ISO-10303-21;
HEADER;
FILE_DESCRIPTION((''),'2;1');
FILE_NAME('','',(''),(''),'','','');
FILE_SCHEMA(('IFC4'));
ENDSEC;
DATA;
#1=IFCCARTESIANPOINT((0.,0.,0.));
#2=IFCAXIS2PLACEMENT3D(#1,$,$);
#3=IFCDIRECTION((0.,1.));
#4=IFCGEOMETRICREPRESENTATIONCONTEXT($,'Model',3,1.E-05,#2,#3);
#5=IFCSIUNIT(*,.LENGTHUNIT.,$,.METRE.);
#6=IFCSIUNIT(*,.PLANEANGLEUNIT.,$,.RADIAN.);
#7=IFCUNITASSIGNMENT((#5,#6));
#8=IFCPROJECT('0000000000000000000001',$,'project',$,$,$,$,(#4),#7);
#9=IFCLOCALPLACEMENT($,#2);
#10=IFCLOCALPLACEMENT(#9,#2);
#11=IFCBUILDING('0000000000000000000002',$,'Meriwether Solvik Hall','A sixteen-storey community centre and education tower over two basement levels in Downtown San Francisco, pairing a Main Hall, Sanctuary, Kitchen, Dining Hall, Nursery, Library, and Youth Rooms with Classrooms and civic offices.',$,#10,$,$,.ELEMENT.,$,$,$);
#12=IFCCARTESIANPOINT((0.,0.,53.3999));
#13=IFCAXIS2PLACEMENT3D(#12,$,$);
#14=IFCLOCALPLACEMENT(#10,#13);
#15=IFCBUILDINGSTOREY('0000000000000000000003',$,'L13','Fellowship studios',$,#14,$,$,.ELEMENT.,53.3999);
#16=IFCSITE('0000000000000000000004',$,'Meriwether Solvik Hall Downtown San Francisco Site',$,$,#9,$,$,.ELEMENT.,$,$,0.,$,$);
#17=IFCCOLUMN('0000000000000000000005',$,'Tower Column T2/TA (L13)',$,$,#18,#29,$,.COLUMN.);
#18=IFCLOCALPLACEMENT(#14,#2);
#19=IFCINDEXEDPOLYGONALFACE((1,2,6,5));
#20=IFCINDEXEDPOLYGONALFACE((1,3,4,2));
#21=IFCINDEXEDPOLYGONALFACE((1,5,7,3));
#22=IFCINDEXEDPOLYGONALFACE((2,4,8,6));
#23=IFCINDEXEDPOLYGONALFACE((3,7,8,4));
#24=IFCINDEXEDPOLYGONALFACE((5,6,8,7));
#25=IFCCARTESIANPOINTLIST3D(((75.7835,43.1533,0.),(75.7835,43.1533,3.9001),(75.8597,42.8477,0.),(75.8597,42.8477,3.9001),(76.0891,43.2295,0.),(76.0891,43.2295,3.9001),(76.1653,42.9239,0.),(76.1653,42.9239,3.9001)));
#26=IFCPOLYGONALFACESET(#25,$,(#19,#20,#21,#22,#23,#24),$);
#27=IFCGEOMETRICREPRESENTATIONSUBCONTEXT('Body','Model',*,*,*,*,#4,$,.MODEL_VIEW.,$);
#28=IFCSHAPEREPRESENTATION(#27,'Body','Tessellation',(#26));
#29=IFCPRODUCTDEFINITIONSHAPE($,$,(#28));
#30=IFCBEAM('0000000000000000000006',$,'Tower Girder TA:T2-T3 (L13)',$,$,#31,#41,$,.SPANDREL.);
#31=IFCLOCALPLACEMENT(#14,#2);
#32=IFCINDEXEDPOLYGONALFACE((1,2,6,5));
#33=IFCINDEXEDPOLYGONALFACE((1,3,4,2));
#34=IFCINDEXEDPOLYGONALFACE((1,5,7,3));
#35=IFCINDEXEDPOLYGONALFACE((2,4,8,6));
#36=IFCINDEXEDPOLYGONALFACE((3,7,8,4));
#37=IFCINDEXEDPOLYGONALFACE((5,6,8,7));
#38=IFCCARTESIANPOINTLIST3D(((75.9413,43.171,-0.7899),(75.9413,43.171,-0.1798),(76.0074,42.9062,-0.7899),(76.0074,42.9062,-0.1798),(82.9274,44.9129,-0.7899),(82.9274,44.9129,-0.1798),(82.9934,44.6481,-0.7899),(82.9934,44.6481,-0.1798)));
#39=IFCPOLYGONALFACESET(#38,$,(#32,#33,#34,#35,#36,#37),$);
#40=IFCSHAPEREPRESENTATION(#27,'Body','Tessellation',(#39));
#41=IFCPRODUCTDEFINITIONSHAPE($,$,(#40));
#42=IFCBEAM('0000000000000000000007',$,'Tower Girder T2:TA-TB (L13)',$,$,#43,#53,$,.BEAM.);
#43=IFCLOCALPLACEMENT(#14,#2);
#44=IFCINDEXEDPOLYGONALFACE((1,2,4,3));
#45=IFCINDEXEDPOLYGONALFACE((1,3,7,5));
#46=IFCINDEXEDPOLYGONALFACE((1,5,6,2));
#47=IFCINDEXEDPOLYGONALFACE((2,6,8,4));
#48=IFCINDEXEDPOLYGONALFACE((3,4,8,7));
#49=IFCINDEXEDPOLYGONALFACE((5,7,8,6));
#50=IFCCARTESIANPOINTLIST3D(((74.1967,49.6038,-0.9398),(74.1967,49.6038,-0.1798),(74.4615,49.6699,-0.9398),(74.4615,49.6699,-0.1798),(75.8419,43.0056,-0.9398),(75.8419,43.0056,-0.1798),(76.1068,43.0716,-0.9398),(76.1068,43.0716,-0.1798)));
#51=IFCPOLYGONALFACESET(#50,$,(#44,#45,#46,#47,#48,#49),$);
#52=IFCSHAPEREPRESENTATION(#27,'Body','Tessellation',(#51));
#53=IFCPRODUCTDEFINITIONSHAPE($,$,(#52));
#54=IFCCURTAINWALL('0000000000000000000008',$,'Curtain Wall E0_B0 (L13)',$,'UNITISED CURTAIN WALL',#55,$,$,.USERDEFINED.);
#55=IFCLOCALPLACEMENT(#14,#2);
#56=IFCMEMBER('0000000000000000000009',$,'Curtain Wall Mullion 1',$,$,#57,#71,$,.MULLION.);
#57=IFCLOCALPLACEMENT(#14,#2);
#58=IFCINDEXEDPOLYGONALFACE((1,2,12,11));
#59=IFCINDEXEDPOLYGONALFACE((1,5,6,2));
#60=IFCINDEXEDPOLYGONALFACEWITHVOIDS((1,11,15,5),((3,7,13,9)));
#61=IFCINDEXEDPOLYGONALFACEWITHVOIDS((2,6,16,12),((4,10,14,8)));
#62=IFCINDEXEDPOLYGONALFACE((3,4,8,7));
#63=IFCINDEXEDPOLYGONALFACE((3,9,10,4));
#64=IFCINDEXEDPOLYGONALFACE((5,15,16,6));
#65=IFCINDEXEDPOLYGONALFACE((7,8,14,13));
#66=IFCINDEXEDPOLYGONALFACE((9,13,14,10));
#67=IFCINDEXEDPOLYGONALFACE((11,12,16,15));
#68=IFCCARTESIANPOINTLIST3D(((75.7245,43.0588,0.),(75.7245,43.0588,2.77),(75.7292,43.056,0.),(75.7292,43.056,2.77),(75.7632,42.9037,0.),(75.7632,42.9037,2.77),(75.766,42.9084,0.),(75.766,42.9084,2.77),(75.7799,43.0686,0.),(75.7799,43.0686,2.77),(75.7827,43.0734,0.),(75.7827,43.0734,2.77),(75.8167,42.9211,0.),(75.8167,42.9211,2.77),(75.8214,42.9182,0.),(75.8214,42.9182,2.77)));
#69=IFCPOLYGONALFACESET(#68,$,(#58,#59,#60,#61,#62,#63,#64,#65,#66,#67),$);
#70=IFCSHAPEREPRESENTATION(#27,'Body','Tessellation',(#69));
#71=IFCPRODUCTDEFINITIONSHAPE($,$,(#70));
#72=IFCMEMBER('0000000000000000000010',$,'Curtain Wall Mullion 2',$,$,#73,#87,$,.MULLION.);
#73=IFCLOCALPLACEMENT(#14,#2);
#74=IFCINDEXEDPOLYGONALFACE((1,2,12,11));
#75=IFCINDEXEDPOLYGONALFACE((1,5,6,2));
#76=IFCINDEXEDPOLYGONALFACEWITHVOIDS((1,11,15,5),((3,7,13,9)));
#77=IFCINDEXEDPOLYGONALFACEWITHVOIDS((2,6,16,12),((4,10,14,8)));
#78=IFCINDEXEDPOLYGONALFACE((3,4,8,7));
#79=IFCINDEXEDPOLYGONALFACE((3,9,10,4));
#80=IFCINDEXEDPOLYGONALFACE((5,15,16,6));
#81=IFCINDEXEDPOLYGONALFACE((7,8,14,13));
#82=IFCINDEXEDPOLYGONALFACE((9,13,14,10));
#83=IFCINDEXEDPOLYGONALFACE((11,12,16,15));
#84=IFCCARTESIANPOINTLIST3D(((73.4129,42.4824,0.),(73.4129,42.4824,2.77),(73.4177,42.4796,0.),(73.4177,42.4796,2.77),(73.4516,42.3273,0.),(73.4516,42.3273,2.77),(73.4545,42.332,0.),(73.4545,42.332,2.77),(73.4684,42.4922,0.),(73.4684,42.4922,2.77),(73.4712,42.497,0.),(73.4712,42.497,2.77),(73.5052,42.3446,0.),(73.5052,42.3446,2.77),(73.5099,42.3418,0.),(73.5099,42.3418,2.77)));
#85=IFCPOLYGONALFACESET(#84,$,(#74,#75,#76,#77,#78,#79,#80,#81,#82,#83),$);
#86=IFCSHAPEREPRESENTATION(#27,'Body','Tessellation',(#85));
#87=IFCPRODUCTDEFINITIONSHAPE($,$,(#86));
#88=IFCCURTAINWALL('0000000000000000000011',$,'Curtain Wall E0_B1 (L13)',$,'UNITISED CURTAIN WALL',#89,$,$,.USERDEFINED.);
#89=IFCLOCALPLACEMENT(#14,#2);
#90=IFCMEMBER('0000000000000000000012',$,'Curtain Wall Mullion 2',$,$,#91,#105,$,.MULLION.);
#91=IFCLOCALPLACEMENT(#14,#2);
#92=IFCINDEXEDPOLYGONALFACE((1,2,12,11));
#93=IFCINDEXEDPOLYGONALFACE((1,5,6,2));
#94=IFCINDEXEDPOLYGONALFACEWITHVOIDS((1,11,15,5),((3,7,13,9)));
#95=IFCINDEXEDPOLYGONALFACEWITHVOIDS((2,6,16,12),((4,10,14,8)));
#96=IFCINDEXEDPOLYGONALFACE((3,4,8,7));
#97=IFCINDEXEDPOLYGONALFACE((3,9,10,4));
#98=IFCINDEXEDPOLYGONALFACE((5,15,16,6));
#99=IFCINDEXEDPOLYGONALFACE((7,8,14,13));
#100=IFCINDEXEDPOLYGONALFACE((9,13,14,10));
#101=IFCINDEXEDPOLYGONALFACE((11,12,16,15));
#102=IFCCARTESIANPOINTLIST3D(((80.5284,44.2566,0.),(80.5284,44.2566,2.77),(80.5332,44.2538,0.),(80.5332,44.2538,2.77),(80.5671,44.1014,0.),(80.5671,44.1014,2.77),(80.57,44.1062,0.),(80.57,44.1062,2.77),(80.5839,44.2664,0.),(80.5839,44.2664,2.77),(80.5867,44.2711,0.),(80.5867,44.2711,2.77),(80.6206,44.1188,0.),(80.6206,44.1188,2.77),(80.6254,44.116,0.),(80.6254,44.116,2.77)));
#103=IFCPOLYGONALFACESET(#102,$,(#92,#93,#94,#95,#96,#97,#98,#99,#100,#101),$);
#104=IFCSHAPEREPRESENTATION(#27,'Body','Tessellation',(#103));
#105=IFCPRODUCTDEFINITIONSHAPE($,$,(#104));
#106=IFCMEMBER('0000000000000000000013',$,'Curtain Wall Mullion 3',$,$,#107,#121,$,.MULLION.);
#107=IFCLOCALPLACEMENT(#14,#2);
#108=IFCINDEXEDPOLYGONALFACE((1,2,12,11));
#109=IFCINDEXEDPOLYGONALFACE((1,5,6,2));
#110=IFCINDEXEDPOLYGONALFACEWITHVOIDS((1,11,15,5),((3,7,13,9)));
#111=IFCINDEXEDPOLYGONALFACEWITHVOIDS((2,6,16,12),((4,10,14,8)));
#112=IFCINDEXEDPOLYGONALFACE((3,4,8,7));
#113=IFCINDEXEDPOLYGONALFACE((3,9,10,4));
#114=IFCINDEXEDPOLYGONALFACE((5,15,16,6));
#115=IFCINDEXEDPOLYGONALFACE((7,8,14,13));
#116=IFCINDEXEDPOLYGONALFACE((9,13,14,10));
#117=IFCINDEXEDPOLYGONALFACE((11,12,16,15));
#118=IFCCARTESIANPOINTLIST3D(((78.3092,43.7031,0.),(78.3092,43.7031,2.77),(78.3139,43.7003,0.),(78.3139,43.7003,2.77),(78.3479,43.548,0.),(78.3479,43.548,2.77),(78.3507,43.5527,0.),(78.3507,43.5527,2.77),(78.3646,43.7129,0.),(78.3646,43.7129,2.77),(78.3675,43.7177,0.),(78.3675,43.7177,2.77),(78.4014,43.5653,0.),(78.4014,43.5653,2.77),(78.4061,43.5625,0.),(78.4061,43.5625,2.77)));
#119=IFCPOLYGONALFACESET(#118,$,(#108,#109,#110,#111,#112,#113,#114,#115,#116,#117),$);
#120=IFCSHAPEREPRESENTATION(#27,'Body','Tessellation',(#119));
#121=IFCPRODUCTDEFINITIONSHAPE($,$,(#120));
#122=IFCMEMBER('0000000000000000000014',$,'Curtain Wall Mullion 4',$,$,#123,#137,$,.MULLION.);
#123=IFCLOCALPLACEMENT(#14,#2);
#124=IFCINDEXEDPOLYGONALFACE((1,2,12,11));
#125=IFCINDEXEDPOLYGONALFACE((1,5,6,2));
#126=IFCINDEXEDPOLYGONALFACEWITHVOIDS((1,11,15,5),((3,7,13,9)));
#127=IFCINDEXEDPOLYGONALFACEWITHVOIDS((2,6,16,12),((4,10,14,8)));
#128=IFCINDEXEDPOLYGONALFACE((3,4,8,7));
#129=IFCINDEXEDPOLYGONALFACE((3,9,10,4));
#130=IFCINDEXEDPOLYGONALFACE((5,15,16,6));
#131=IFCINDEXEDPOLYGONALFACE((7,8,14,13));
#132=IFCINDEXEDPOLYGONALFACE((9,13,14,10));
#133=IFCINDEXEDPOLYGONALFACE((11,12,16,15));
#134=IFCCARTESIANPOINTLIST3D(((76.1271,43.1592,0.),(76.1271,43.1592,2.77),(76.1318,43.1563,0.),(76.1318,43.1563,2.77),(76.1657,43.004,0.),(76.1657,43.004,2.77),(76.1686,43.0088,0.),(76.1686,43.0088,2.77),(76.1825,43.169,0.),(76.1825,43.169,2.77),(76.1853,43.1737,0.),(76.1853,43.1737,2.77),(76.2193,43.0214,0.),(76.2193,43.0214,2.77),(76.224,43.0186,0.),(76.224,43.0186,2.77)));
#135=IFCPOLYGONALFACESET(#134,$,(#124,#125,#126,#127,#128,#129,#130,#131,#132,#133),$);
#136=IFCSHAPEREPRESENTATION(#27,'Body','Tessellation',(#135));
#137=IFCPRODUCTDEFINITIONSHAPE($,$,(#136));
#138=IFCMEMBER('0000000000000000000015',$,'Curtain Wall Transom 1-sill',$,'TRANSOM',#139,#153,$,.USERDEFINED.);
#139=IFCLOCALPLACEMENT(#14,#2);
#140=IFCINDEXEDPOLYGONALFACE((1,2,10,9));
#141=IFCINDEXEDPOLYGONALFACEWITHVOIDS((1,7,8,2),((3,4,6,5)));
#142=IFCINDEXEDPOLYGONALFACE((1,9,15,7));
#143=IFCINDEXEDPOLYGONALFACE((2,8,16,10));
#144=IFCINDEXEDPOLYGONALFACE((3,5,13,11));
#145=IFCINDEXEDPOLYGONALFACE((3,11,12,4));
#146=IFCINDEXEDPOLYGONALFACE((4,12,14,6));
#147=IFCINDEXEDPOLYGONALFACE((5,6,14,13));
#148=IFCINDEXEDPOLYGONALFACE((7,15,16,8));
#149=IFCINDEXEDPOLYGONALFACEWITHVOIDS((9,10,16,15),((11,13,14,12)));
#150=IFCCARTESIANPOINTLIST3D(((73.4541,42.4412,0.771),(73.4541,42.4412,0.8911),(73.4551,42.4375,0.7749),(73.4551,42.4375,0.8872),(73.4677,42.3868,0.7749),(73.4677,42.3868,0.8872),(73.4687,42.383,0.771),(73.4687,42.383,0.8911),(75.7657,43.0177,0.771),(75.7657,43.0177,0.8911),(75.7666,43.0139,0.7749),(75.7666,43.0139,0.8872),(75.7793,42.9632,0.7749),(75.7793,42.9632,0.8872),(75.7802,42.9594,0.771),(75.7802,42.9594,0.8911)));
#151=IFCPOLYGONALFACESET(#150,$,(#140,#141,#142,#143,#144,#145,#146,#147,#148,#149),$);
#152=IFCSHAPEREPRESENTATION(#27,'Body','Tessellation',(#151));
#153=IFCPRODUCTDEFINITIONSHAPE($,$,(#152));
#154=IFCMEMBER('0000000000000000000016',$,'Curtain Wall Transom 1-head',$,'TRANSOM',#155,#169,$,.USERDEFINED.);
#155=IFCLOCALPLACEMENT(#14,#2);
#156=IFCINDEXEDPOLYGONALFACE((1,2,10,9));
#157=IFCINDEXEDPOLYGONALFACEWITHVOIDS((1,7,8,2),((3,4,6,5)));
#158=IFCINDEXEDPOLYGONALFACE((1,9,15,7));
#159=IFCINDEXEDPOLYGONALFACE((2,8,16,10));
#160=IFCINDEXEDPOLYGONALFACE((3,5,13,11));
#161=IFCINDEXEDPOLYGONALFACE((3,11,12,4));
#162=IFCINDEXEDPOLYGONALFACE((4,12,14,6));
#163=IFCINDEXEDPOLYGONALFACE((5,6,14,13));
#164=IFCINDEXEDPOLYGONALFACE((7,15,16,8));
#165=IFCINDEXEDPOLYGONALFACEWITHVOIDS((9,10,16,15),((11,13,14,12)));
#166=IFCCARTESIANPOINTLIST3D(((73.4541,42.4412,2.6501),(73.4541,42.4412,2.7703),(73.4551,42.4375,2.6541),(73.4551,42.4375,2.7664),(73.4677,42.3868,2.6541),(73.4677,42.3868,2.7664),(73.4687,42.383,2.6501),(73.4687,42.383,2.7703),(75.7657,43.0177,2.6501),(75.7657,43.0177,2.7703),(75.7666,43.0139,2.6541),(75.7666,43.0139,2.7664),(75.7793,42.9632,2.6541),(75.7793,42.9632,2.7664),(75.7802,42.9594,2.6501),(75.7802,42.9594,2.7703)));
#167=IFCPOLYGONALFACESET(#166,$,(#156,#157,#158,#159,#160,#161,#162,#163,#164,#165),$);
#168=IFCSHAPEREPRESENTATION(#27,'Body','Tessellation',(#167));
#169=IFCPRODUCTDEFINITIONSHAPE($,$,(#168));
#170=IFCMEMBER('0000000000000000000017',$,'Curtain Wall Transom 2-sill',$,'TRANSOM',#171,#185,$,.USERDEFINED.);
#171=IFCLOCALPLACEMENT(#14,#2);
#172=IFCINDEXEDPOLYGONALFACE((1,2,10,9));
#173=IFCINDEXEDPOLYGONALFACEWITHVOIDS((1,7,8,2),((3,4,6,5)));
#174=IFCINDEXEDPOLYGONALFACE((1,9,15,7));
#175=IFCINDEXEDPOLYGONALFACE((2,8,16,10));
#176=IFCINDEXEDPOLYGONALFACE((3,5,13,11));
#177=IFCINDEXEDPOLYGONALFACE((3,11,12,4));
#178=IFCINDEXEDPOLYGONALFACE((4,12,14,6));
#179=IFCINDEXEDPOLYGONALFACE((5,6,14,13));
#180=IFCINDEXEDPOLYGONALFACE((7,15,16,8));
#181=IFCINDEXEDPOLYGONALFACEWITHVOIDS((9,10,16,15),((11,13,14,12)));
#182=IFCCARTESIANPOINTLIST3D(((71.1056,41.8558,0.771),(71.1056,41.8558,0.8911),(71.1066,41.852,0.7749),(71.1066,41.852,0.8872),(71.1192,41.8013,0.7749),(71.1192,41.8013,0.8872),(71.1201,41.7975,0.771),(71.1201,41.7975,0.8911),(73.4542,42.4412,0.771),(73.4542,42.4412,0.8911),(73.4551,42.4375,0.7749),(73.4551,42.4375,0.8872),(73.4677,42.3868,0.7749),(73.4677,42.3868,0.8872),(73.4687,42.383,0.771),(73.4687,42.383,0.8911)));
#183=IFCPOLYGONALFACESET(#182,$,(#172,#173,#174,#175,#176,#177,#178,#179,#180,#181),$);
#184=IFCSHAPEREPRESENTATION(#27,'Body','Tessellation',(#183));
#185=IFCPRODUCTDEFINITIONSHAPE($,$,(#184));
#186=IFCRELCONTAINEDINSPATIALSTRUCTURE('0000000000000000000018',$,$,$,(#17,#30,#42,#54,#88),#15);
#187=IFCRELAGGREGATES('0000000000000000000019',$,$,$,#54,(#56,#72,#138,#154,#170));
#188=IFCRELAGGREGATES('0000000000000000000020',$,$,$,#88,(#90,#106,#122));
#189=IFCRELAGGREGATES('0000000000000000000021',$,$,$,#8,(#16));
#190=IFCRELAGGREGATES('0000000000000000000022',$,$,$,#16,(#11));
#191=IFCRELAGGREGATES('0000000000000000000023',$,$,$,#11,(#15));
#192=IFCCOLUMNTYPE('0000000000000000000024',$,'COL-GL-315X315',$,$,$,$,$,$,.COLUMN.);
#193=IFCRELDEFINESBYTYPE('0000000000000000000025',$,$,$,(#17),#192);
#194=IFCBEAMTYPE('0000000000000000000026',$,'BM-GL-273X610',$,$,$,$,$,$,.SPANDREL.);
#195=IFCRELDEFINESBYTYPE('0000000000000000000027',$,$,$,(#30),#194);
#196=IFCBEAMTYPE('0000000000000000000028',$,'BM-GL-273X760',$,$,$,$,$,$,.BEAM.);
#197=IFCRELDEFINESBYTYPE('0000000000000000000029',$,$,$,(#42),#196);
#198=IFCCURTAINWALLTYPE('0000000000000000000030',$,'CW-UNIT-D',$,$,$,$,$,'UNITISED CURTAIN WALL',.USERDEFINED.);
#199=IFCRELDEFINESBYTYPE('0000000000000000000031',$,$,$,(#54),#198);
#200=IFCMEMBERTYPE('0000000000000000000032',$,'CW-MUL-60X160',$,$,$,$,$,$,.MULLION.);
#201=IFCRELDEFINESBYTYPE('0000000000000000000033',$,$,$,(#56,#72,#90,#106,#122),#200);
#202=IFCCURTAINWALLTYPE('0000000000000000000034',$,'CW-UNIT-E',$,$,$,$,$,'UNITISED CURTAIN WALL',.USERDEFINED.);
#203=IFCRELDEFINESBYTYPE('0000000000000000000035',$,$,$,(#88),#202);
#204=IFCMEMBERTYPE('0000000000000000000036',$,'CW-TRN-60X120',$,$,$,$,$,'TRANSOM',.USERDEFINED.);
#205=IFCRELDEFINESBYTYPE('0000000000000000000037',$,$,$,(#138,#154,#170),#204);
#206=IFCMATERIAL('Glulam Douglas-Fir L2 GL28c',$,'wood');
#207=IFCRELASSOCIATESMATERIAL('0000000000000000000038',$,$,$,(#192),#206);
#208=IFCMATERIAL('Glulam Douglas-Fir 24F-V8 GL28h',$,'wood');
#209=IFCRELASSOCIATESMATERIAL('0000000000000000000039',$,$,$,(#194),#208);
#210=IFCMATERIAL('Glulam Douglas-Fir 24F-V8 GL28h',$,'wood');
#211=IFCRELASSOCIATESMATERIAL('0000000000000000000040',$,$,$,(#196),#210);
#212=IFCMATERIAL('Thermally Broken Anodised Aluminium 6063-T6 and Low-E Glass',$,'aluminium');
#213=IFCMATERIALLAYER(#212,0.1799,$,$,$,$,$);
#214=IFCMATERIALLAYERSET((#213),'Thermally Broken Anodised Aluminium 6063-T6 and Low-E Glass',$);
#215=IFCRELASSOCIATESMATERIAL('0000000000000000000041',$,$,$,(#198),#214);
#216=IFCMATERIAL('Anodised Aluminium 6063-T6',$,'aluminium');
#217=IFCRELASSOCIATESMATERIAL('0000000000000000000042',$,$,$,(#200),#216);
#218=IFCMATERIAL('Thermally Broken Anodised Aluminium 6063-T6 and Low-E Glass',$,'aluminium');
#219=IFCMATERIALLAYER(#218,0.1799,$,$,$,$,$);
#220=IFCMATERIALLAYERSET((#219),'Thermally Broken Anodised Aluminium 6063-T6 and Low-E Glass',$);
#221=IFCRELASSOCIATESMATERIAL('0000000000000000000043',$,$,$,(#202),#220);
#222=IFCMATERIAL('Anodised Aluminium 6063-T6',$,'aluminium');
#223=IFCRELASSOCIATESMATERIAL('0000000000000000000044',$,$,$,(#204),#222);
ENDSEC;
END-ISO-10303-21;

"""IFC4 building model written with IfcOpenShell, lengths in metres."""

from ifc_helpers import new_model, si_unit, direction, frame, origin, origin_2d, place, context, subcontext, project, spatial, rectangle, hollow_rectangle, extrude, material, layer, layer_set, material_profile, profile_set, type_object, element, aggregate, save


model = new_model("IFC4")

# Units and contexts
model_context = context("Model", 3, precision=1e-05, world=origin(), true_north=direction((0.0, 1.0)))
body_context = subcontext(model_context, "Body", "Model", "MODEL_VIEW")
ifc_project = project(units=[si_unit("LENGTHUNIT", "METRE"), si_unit("PLANEANGLEUNIT", "RADIAN")], contexts=[model_context])

# Site, building, storey
site_placement = place(None, origin())
site = spatial("IfcSite", under=ifc_project, at=site_placement, Name="Meriwether Solvik Hall Downtown San Francisco Site", CompositionType="ELEMENT", RefElevation=0.0)
building_placement = place(site_placement, origin())
building = spatial("IfcBuilding", under=site, at=building_placement, Name="Meriwether Solvik Hall", Description="A sixteen-storey community centre and education tower over two basement levels in Downtown San Francisco, pairing a Main Hall, Sanctuary, Kitchen, Dining Hall, Nursery, Library, and Youth Rooms with Classrooms and civic offices.", CompositionType="ELEMENT")
storey_placement = place(building_placement, frame((0.0, 0.0, 53.3999)))
storey = spatial("IfcBuildingStorey", under=building, at=storey_placement, Name="L13", Description="Fellowship studios", CompositionType="ELEMENT", Elevation=53.3999)

# Column
ifc_material_1 = material(Name="Glulam Douglas-Fir L2 GL28c", Category="wood")
ifc_material_profile_1 = material_profile(ifc_material_1, rectangle(XDim=0.3149, YDim=0.3149, at=origin_2d()), Name="GLC-315X315")
ifc_profile_set_1 = profile_set([ifc_material_profile_1], Name="Glulam Douglas-Fir L2 GL28c")
column_type = type_object("IfcColumnType", Name="COL-GL-315X315", PredefinedType="COLUMN", material=ifc_profile_set_1)
column_placement = place(storey_placement, frame((75.9744, 43.0386, 0.0), z_axis=(0.0, 0.0, 1.0), x_axis=(0.970296, 0.241922, 0.0)))
element("IfcColumn", 1, at=column_placement, inside=storey, type_object=column_type, Name="Tower Column T2/TA (L13)", PredefinedType="COLUMN", context=body_context, shape_type="SweptSolid", body=[
    extrude(rectangle(XDim=0.3149, YDim=0.3149, at=origin_2d()), origin(), (0.0, 0.0, 1.0), 3.9001),
])

# Beams
ifc_material_2 = material(Name="Glulam Douglas-Fir 24F-V8 GL28h", Category="wood")
ifc_material_profile_2 = material_profile(ifc_material_2, rectangle(XDim=0.2729, YDim=0.6101, at=origin_2d()), Name="GLB-273X610")
ifc_profile_set_2 = profile_set([ifc_material_profile_2], Name="Glulam Douglas-Fir 24F-V8 GL28h")
beam_type_1 = type_object("IfcBeamType", Name="BM-GL-273X610", PredefinedType="SPANDREL", material=ifc_profile_set_2)
beam_1_placement = place(storey_placement, frame((75.9744, 43.0386, -0.4849), z_axis=(0.970292, 0.241937, 0.0), x_axis=(-0.241937, 0.970292, 0.0)))
element("IfcBeam", 2, at=beam_1_placement, inside=storey, type_object=beam_type_1, Name="Tower Girder TA:T2-T3 (L13)", PredefinedType="SPANDREL", context=body_context, shape_type="SweptSolid", body=[
    extrude(rectangle(XDim=0.2729, YDim=0.6101, at=origin_2d()), origin(), (0.0, 0.0, 1.0), 7.2),
])
ifc_material_3 = material(Name="Glulam Douglas-Fir 24F-V8 GL28h", Category="wood")
ifc_material_profile_3 = material_profile(ifc_material_3, rectangle(XDim=0.2729, YDim=0.76, at=origin_2d()), Name="GLB-273X760")
ifc_profile_set_3 = profile_set([ifc_material_profile_3], Name="Glulam Douglas-Fir 24F-V8 GL28h")
beam_type_2 = type_object("IfcBeamType", Name="BM-GL-273X760", PredefinedType="BEAM", material=ifc_profile_set_3)
beam_2_placement = place(storey_placement, frame((75.9744, 43.0386, -0.5598), z_axis=(-0.241944, 0.97029, 0.0), x_axis=(-0.97029, -0.241944, 0.0)))
element("IfcBeam", 3, at=beam_2_placement, inside=storey, type_object=beam_type_2, Name="Tower Girder T2:TA-TB (L13)", PredefinedType="BEAM", context=body_context, shape_type="SweptSolid", body=[
    extrude(rectangle(XDim=0.2729, YDim=0.76, at=origin_2d()), origin(), (0.0, 0.0, 1.0), 6.8003),
])

# Curtain walls, members
ifc_material_4 = material(Name="Thermally Broken Anodised Aluminium 6063-T6 and Low-E Glass", Category="aluminium")
ifc_layer_1 = layer(ifc_material_4, 0.1799)
ifc_layer_set_1 = layer_set([ifc_layer_1], Name="Thermally Broken Anodised Aluminium 6063-T6 and Low-E Glass")
curtain_wall_type_1 = type_object("IfcCurtainWallType", Name="CW-UNIT-D", ElementType="UNITISED CURTAIN WALL", PredefinedType="USERDEFINED", material=ifc_layer_set_1)
curtain_wall_1_placement = place(storey_placement, origin())
curtain_wall_1 = element("IfcCurtainWall", 4, at=curtain_wall_1_placement, inside=storey, type_object=curtain_wall_type_1, Name="Curtain Wall E0_B0 (L13)", ObjectType="UNITISED CURTAIN WALL", PredefinedType="USERDEFINED")
ifc_material_5 = material(Name="Anodised Aluminium 6063-T6", Category="aluminium")
ifc_material_profile_4 = material_profile(ifc_material_5, hollow_rectangle(XDim=0.0601, YDim=0.1599, WallThickness=0.0039, at=origin_2d()), Name="CWM-60X160")
ifc_profile_set_4 = profile_set([ifc_material_profile_4], Name="Anodised Aluminium 6063-T6")
member_type_1 = type_object("IfcMemberType", Name="CW-MUL-60X160", PredefinedType="MULLION", material=ifc_profile_set_4)
member_1_placement = place(storey_placement, frame((75.7729, 42.9885, 0.0), z_axis=(0.0, 0.0, 1.0), x_axis=(-0.970296, -0.241922, 0.0)))
member_1 = element("IfcMember", 5, at=member_1_placement, type_object=member_type_1, Name="Curtain Wall Mullion 1", PredefinedType="MULLION", context=body_context, shape_type="SweptSolid", body=[
    extrude(hollow_rectangle(XDim=0.0601, YDim=0.1599, WallThickness=0.0039, at=origin_2d()), origin(), (0.0, 0.0, 1.0), 2.77),
])
member_2_placement = place(storey_placement, frame((73.4614, 42.4121, 0.0), z_axis=(0.0, 0.0, 1.0), x_axis=(-0.970296, -0.241922, 0.0)))
member_2 = element("IfcMember", 6, at=member_2_placement, type_object=member_type_1, Name="Curtain Wall Mullion 2", PredefinedType="MULLION", context=body_context, shape_type="SweptSolid", body=[
    extrude(hollow_rectangle(XDim=0.0601, YDim=0.1599, WallThickness=0.0039, at=origin_2d()), origin(), (0.0, 0.0, 1.0), 2.77),
])
ifc_material_6 = material(Name="Thermally Broken Anodised Aluminium 6063-T6 and Low-E Glass", Category="aluminium")
ifc_layer_2 = layer(ifc_material_6, 0.1799)
ifc_layer_set_2 = layer_set([ifc_layer_2], Name="Thermally Broken Anodised Aluminium 6063-T6 and Low-E Glass")
curtain_wall_type_2 = type_object("IfcCurtainWallType", Name="CW-UNIT-E", ElementType="UNITISED CURTAIN WALL", PredefinedType="USERDEFINED", material=ifc_layer_set_2)
curtain_wall_2_placement = place(storey_placement, origin())
curtain_wall_2 = element("IfcCurtainWall", 7, at=curtain_wall_2_placement, inside=storey, type_object=curtain_wall_type_2, Name="Curtain Wall E0_B1 (L13)", ObjectType="UNITISED CURTAIN WALL", PredefinedType="USERDEFINED")
member_3_placement = place(storey_placement, frame((80.5769, 44.1863, 0.0), z_axis=(0.0, 0.0, 1.0), x_axis=(-0.970296, -0.241922, 0.0)))
member_3 = element("IfcMember", 8, at=member_3_placement, type_object=member_type_1, Name="Curtain Wall Mullion 2", PredefinedType="MULLION", context=body_context, shape_type="SweptSolid", body=[
    extrude(hollow_rectangle(XDim=0.0601, YDim=0.1599, WallThickness=0.0039, at=origin_2d()), origin(), (0.0, 0.0, 1.0), 2.77),
])
member_4_placement = place(storey_placement, frame((78.3577, 43.6328, 0.0), z_axis=(0.0, 0.0, 1.0), x_axis=(-0.970296, -0.241922, 0.0)))
member_4 = element("IfcMember", 9, at=member_4_placement, type_object=member_type_1, Name="Curtain Wall Mullion 3", PredefinedType="MULLION", context=body_context, shape_type="SweptSolid", body=[
    extrude(hollow_rectangle(XDim=0.0601, YDim=0.1599, WallThickness=0.0039, at=origin_2d()), origin(), (0.0, 0.0, 1.0), 2.77),
])
member_5_placement = place(storey_placement, frame((76.1755, 43.0889, 0.0), z_axis=(0.0, 0.0, 1.0), x_axis=(-0.970296, -0.241922, 0.0)))
member_5 = element("IfcMember", 10, at=member_5_placement, type_object=member_type_1, Name="Curtain Wall Mullion 4", PredefinedType="MULLION", context=body_context, shape_type="SweptSolid", body=[
    extrude(hollow_rectangle(XDim=0.0601, YDim=0.1599, WallThickness=0.0039, at=origin_2d()), origin(), (0.0, 0.0, 1.0), 2.77),
])

# Members
ifc_material_7 = material(Name="Anodised Aluminium 6063-T6", Category="aluminium")
ifc_material_profile_5 = material_profile(ifc_material_7, hollow_rectangle(XDim=0.0601, YDim=0.1201, WallThickness=0.0039, at=origin_2d()), Name="CWT-60X120")
ifc_profile_set_5 = profile_set([ifc_material_profile_5], Name="Anodised Aluminium 6063-T6")
member_type_2 = type_object("IfcMemberType", Name="CW-TRN-60X120", ElementType="TRANSOM", PredefinedType="USERDEFINED", material=ifc_profile_set_5)
member_6_placement = place(storey_placement, frame((75.7729, 42.9885, 0.8311), z_axis=(-0.970287, -0.241957, 0.0), x_axis=(0.241957, -0.970287, 0.0)))
member_6 = element("IfcMember", 11, at=member_6_placement, type_object=member_type_2, Name="Curtain Wall Transom 1-sill", ObjectType="TRANSOM", PredefinedType="USERDEFINED", context=body_context, shape_type="SweptSolid", body=[
    extrude(hollow_rectangle(XDim=0.0601, YDim=0.1201, WallThickness=0.0039, at=origin_2d()), origin(), (0.0, 0.0, 1.0), 2.3823),
])
member_7_placement = place(storey_placement, frame((75.7729, 42.9885, 2.7102), z_axis=(-0.970287, -0.241957, 0.0), x_axis=(0.241957, -0.970287, 0.0)))
member_7 = element("IfcMember", 12, at=member_7_placement, type_object=member_type_2, Name="Curtain Wall Transom 1-head", ObjectType="TRANSOM", PredefinedType="USERDEFINED", context=body_context, shape_type="SweptSolid", body=[
    extrude(hollow_rectangle(XDim=0.0601, YDim=0.1201, WallThickness=0.0039, at=origin_2d()), origin(), (0.0, 0.0, 1.0), 2.3823),
])
member_8_placement = place(storey_placement, frame((73.4614, 42.4121, 0.8311), z_axis=(-0.970308, -0.241871, 0.0), x_axis=(0.241871, -0.970308, 0.0)))
member_8 = element("IfcMember", 13, at=member_8_placement, type_object=member_type_2, Name="Curtain Wall Transom 2-sill", ObjectType="TRANSOM", PredefinedType="USERDEFINED", context=body_context, shape_type="SweptSolid", body=[
    extrude(hollow_rectangle(XDim=0.0601, YDim=0.1201, WallThickness=0.0039, at=origin_2d()), origin(), (0.0, 0.0, 1.0), 2.4204),
])

aggregate(curtain_wall_1, [member_1, member_2, member_6, member_7, member_8])
aggregate(curtain_wall_2, [member_3, member_4, member_5])

save(model, "model.ifc")
